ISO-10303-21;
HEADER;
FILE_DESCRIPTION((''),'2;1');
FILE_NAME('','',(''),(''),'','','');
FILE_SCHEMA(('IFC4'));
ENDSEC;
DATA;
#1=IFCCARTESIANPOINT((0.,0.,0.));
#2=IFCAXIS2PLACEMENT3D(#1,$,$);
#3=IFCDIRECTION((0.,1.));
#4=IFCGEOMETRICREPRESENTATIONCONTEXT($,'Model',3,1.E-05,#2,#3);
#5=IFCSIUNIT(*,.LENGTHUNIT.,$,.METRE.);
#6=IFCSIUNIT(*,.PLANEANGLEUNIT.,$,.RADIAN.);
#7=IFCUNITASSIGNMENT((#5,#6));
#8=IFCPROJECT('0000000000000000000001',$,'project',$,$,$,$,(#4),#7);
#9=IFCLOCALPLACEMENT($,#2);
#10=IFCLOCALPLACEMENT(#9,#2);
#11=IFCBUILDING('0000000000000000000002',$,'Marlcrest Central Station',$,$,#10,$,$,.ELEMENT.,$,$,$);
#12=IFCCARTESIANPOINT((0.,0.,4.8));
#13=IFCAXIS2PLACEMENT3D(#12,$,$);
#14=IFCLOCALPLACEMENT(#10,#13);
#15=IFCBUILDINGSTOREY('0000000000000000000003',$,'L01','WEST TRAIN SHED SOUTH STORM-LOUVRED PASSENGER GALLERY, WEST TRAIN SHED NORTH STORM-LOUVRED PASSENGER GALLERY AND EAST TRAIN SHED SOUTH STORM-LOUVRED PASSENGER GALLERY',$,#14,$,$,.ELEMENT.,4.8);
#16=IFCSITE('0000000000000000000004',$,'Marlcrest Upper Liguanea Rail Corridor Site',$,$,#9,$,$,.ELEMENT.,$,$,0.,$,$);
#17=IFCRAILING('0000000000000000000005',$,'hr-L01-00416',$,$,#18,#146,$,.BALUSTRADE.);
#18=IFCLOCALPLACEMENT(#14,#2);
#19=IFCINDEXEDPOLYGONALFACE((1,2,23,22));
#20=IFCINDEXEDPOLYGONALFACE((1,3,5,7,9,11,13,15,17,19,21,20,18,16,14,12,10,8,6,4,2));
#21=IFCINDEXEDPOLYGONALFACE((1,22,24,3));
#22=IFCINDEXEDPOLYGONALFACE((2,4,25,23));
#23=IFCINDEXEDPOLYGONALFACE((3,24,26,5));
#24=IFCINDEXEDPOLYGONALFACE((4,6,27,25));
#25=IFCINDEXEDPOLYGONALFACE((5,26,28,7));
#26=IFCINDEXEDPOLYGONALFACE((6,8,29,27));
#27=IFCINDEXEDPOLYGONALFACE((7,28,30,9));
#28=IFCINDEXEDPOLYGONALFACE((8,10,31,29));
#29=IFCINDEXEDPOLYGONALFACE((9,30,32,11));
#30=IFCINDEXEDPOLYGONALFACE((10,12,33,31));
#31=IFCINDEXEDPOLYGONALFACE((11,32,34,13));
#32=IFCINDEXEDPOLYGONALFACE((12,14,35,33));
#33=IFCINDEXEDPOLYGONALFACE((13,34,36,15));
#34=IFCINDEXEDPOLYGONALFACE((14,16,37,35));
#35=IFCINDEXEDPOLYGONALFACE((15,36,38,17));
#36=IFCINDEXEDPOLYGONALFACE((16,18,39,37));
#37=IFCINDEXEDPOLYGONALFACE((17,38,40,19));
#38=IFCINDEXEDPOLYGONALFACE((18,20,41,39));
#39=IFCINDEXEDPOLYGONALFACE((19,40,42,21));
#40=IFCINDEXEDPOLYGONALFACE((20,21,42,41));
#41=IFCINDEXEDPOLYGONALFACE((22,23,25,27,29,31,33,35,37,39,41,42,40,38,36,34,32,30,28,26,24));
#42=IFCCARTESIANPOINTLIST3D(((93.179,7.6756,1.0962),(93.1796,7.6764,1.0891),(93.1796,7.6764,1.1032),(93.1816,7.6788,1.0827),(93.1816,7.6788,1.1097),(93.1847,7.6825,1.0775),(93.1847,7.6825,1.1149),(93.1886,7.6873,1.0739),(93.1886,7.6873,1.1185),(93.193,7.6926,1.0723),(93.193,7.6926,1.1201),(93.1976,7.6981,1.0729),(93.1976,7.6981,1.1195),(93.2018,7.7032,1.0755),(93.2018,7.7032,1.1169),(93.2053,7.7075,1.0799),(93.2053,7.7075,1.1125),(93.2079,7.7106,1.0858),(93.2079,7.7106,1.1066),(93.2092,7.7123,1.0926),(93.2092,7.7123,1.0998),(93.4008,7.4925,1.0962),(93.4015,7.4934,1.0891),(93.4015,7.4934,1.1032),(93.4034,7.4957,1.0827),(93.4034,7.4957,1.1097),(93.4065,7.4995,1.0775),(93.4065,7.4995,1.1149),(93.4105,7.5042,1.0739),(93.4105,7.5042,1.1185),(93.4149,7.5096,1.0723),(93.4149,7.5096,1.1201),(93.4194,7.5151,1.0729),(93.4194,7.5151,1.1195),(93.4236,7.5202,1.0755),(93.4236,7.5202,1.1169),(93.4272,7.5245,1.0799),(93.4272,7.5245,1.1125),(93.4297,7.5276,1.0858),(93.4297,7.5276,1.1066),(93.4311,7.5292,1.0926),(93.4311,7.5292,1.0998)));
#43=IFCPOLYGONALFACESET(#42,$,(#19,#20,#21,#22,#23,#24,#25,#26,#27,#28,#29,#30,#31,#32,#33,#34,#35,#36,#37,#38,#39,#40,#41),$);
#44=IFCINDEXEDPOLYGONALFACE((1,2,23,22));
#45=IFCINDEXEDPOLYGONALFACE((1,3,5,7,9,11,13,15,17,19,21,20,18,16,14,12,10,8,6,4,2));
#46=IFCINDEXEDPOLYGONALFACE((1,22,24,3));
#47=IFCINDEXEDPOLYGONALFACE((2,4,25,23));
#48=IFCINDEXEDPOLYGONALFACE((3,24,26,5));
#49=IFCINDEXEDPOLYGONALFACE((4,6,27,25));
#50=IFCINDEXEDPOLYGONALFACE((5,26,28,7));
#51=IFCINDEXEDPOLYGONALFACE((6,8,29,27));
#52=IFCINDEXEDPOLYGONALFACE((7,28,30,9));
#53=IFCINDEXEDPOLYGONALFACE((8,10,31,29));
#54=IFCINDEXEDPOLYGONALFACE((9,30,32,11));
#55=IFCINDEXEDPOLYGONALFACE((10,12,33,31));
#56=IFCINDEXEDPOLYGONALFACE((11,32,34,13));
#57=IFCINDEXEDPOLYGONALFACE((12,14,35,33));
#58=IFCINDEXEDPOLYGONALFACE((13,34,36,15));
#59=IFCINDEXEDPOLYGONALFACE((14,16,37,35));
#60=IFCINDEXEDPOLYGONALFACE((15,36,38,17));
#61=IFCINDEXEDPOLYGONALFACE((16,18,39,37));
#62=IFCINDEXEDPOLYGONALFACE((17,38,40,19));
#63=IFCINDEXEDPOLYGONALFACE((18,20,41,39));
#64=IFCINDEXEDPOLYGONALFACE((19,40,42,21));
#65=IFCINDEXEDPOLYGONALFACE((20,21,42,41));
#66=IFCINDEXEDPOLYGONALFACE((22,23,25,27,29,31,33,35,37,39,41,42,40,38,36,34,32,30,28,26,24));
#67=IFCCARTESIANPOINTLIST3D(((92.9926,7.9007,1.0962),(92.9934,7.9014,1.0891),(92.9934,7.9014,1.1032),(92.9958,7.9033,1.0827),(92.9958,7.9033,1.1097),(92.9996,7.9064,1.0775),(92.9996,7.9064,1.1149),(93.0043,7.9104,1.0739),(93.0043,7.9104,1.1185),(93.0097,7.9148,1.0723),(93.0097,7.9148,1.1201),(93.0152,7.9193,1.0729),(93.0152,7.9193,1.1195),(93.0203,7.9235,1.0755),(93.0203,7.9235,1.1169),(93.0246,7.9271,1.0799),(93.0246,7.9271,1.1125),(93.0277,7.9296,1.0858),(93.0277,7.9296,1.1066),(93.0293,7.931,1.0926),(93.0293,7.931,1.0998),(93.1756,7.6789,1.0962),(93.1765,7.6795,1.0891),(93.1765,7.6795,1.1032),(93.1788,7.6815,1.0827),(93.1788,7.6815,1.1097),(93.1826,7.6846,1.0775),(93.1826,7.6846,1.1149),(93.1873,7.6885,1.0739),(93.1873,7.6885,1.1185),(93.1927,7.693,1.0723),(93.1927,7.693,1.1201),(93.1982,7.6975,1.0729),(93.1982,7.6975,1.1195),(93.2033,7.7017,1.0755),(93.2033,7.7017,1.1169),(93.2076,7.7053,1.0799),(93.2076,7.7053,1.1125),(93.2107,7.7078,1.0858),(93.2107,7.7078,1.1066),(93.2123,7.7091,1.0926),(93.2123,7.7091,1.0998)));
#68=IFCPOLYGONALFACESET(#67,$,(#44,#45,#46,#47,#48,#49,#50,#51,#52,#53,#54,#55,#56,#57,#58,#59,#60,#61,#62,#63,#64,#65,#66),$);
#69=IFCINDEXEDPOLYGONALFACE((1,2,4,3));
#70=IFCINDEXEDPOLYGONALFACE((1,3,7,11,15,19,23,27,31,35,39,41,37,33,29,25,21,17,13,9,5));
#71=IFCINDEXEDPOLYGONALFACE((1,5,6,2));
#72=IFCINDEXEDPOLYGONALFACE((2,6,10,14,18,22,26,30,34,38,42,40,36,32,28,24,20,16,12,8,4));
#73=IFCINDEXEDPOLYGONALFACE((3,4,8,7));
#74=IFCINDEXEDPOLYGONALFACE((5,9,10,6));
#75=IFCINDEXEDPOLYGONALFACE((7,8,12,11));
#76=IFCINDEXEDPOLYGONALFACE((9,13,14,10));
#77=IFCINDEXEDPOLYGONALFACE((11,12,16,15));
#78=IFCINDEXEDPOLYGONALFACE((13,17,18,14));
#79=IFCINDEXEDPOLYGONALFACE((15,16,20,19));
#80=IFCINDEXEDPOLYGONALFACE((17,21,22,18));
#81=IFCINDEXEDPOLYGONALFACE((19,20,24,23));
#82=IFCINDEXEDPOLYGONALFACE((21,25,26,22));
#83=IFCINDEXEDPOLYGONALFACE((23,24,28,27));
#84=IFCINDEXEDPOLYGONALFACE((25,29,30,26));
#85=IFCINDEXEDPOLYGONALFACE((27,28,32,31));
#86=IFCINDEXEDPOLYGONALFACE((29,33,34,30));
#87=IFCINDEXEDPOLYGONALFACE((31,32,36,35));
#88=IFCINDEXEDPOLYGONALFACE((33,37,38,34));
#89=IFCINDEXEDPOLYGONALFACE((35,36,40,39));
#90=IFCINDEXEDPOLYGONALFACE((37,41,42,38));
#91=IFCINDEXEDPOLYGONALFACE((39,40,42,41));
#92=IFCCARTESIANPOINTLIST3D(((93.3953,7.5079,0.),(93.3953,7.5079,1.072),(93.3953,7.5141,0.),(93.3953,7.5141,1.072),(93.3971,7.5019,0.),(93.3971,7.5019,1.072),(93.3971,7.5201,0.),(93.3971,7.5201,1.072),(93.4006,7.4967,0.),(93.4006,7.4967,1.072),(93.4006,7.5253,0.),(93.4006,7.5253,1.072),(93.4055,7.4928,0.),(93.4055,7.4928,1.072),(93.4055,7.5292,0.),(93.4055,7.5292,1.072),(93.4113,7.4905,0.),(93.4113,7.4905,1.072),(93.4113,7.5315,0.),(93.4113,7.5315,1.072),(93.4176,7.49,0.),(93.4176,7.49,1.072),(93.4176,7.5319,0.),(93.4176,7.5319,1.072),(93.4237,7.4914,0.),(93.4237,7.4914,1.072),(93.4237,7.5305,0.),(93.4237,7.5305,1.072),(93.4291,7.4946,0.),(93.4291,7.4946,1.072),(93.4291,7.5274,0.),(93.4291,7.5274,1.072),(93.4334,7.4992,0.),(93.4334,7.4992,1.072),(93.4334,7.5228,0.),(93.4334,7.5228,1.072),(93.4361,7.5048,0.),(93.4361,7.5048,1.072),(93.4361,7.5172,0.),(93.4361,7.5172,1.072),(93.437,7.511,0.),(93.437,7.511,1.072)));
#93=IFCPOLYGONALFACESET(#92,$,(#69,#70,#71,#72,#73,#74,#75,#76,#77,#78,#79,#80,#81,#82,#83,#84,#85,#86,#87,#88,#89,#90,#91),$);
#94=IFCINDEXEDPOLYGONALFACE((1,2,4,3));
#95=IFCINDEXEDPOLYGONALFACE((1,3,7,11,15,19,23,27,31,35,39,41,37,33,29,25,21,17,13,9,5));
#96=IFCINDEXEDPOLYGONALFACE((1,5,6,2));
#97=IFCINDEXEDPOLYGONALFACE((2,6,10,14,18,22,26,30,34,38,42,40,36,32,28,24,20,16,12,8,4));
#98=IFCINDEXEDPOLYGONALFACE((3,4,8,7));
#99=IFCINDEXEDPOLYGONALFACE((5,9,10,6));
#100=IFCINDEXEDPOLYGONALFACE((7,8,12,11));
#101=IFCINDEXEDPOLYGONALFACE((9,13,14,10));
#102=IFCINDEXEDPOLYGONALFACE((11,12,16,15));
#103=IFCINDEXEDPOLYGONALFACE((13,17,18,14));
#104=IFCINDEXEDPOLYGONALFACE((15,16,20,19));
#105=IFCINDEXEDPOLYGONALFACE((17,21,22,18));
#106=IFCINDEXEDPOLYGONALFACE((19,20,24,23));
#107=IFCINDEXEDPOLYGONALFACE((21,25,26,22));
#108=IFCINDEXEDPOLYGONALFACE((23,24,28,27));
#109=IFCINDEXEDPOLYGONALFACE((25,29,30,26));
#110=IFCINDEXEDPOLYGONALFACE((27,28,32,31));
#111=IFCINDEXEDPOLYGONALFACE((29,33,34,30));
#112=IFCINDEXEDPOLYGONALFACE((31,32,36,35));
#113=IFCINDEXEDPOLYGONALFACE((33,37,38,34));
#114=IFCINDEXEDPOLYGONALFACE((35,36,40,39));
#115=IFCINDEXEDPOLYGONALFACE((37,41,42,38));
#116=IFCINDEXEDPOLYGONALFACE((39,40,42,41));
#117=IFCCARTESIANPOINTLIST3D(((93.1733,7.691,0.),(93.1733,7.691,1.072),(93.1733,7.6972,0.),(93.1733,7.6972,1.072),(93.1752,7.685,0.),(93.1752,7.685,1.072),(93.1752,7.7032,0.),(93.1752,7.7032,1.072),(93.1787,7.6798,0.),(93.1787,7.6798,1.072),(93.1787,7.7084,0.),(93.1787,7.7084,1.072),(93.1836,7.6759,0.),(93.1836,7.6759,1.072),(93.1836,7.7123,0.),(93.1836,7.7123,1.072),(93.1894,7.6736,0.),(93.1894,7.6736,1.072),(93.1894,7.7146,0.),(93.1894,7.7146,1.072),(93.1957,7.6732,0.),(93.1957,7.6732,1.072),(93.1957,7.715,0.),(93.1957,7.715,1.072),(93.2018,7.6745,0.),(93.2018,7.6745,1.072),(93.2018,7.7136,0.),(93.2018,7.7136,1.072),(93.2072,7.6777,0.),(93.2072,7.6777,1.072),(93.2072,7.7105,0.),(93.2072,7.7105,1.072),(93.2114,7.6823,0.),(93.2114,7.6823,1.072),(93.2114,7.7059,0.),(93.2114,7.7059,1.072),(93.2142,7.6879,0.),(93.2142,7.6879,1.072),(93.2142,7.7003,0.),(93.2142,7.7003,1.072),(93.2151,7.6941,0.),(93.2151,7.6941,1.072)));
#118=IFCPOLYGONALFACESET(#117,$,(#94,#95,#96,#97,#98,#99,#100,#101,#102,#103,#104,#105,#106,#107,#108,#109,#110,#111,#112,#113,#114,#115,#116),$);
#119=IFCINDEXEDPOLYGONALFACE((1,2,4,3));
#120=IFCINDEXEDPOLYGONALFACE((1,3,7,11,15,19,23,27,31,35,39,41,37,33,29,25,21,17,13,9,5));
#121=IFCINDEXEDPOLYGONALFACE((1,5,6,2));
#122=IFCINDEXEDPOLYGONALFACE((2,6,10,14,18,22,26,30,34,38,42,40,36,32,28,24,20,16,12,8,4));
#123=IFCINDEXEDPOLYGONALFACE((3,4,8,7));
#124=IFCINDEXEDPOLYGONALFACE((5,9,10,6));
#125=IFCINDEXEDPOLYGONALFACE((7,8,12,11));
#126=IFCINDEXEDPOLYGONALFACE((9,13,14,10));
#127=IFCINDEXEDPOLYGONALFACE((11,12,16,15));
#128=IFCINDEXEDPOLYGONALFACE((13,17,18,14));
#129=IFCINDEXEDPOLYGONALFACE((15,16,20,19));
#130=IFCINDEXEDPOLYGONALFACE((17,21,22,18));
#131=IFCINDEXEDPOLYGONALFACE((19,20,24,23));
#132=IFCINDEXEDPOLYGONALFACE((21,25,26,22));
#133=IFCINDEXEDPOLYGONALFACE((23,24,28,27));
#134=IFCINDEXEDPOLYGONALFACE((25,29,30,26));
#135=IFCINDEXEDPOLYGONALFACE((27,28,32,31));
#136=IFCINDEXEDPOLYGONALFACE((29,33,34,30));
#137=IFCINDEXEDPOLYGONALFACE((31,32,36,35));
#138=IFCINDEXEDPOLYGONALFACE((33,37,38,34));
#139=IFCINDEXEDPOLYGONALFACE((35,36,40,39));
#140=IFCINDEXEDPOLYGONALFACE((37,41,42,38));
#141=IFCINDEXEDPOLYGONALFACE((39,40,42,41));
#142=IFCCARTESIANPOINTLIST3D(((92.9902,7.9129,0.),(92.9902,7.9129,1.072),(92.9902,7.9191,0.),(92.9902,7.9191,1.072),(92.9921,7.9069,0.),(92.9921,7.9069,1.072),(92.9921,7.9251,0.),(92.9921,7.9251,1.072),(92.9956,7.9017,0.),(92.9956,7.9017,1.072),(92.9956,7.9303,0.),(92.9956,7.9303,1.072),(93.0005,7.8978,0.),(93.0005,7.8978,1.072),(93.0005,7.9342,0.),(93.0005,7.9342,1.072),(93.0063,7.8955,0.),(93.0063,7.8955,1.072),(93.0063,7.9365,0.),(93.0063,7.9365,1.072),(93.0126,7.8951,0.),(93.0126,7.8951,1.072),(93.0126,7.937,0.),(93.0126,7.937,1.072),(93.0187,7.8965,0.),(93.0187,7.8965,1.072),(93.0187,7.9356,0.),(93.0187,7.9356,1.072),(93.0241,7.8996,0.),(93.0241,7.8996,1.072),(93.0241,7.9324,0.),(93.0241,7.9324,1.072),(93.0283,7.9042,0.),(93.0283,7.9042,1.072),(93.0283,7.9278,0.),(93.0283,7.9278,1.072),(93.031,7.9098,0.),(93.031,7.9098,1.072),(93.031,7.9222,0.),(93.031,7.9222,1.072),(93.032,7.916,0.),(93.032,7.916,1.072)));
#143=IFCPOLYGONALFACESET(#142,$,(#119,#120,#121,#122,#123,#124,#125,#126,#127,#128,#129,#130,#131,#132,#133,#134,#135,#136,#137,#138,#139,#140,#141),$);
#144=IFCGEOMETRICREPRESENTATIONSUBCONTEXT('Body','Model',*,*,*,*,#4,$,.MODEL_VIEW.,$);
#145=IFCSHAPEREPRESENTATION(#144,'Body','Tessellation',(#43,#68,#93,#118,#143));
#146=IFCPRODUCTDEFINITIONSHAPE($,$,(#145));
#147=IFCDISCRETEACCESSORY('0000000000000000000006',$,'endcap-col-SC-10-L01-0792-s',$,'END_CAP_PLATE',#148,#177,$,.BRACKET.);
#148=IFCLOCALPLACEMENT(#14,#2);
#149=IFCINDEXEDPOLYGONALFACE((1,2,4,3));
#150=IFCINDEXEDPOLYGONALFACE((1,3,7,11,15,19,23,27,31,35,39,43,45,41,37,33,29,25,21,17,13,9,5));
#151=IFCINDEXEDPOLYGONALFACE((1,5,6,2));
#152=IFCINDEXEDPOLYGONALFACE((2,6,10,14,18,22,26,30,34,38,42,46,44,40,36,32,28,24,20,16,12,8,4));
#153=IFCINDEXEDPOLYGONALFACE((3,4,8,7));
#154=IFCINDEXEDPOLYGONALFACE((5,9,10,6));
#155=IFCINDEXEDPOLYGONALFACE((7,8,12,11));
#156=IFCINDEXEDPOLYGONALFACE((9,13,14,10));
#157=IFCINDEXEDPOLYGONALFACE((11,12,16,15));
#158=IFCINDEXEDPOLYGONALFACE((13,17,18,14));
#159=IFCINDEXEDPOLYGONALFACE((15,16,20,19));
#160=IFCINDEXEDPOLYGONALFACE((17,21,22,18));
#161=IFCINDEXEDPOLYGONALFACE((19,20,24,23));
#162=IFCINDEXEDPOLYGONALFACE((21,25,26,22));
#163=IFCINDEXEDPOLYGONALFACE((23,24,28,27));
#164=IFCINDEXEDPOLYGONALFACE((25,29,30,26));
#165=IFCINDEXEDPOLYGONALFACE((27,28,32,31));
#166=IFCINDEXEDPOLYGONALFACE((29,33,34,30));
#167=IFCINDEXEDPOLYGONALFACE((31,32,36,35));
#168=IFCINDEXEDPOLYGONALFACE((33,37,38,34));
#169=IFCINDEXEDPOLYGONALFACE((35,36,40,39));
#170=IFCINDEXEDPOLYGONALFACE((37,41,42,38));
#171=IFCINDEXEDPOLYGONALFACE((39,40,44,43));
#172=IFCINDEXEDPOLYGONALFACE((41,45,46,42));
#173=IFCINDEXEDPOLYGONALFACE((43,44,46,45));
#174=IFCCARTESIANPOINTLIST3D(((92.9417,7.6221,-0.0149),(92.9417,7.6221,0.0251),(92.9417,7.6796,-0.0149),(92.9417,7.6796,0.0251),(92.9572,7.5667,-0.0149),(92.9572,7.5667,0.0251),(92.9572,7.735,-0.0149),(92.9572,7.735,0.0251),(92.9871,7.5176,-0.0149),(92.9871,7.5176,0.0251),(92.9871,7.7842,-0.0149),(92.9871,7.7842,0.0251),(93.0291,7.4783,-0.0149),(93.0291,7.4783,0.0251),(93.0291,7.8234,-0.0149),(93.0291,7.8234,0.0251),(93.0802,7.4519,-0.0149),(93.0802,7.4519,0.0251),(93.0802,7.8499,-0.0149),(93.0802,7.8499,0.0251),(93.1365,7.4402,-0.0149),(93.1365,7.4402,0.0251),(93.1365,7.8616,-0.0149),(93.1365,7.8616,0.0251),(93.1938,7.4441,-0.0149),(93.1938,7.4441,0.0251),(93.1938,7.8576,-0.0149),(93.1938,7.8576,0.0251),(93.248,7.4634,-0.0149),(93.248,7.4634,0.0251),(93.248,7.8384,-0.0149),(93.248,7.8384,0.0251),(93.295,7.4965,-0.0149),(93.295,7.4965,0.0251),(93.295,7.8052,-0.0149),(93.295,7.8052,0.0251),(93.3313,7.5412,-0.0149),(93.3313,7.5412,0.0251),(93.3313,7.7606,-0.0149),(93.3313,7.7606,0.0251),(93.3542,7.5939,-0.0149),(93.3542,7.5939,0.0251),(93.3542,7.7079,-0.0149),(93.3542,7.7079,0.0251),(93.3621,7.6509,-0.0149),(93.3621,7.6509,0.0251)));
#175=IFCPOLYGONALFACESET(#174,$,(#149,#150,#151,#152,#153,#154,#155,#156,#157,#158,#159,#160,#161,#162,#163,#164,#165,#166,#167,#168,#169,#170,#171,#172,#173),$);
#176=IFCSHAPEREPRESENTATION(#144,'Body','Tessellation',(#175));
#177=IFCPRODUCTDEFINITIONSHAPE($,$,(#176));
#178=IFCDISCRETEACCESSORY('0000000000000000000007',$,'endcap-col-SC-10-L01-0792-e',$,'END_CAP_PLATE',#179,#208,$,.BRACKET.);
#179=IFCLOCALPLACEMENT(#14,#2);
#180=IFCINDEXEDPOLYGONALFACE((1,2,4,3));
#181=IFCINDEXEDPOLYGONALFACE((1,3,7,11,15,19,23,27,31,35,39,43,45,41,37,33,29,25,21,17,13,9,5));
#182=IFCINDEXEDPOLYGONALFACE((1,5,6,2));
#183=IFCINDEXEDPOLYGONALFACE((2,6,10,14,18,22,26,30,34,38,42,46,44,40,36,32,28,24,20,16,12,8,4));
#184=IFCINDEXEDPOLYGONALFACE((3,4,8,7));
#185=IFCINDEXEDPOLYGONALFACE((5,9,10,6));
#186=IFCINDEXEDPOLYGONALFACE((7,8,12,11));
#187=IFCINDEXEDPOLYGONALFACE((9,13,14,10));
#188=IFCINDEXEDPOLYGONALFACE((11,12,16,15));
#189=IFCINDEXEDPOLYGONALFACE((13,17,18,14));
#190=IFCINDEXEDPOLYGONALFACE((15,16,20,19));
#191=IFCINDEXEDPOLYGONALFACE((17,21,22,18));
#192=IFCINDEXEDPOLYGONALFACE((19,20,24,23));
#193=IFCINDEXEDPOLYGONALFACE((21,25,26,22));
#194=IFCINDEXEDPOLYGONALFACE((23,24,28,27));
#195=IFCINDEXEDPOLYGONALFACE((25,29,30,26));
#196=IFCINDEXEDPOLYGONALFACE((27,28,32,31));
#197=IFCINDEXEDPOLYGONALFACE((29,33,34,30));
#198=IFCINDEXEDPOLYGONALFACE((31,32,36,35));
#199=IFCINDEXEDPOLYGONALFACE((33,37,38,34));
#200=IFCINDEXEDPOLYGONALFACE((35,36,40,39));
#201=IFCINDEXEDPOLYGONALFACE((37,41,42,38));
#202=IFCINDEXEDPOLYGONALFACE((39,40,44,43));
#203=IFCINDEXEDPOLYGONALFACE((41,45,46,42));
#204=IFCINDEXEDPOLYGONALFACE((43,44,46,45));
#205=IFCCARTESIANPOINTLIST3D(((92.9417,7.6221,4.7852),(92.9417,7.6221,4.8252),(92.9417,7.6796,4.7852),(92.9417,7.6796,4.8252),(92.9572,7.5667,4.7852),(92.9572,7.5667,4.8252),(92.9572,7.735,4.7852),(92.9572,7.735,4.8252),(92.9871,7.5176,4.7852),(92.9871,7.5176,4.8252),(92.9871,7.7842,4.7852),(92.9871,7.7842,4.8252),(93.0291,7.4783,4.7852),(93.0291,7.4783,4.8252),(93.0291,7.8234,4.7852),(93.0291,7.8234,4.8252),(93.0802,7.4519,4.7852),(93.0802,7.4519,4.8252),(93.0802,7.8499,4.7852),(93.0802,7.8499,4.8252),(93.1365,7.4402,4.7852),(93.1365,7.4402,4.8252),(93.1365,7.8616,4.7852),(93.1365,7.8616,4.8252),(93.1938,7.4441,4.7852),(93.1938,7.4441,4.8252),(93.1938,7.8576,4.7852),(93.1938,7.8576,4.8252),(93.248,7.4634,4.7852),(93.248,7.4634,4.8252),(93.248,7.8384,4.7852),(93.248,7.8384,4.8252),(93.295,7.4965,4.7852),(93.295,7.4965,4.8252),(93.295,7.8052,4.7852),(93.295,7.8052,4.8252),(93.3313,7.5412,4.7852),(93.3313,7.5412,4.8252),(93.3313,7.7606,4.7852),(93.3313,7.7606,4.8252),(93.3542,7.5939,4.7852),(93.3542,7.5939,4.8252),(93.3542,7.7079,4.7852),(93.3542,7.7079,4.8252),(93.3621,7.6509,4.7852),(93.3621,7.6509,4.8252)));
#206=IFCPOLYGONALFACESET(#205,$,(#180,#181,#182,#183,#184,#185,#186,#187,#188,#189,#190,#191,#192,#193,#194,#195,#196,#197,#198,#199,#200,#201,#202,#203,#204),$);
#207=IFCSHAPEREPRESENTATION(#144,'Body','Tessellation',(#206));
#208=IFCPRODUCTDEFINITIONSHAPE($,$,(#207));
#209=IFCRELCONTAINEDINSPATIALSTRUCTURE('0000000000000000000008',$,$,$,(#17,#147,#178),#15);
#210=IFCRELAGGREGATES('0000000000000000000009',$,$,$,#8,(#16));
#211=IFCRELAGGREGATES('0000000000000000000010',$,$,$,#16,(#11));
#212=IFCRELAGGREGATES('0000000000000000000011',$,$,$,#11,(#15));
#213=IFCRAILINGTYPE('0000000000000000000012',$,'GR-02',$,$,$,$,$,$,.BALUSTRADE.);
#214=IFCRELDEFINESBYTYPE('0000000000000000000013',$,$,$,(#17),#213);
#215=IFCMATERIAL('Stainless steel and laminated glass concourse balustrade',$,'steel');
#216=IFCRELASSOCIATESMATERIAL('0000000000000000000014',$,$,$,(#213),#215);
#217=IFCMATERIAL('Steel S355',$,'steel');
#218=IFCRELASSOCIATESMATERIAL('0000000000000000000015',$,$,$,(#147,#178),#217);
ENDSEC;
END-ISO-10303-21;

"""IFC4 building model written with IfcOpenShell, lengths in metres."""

from ifc_helpers import new_model, si_unit, direction, frame, origin, origin_2d, place, context, subcontext, project, spatial, circle, extrude, material, type_object, element, save


model = new_model("IFC4")

# Units and contexts
model_context = context("Model", 3, precision=1e-05, world=origin(), true_north=direction((0.0, 1.0)))
body_context = subcontext(model_context, "Body", "Model", "MODEL_VIEW")
ifc_project = project(units=[si_unit("LENGTHUNIT", "METRE"), si_unit("PLANEANGLEUNIT", "RADIAN")], contexts=[model_context])

# Site, building, storey
site_placement = place(None, origin())
site = spatial("IfcSite", under=ifc_project, at=site_placement, Name="Marlcrest Upper Liguanea Rail Corridor Site", CompositionType="ELEMENT", RefElevation=0.0)
building_placement = place(site_placement, origin())
building = spatial("IfcBuilding", under=site, at=building_placement, Name="Marlcrest Central Station", CompositionType="ELEMENT")
storey_placement = place(building_placement, frame((0.0, 0.0, 4.8)))
storey = spatial("IfcBuildingStorey", under=building, at=storey_placement, Name="L01", Description="WEST TRAIN SHED SOUTH STORM-LOUVRED PASSENGER GALLERY, WEST TRAIN SHED NORTH STORM-LOUVRED PASSENGER GALLERY AND EAST TRAIN SHED SOUTH STORM-LOUVRED PASSENGER GALLERY", CompositionType="ELEMENT", Elevation=4.8)

# Railing
ifc_material_1 = material(Name="Stainless steel and laminated glass concourse balustrade", Category="steel")
railing_type = type_object("IfcRailingType", Name="GR-02", PredefinedType="BALUSTRADE", material=ifc_material_1)
railing_1_placement = place(storey_placement, frame((93.416, 7.511, 0.0)))
element("IfcRailing", 1, at=railing_1_placement, inside=storey, type_object=railing_type, Name="hr-L01-00416", PredefinedType="BALUSTRADE", context=body_context, shape_type="SweptSolid", body=[
    extrude(circle(Radius=0.0239, at=origin_2d()), frame((0.0, 0.0, 1.0962), z_axis=(-0.771342, 0.636421, 0.0), x_axis=(-0.636421, -0.771342, 0.0)), (0.0, 0.0, 1.0), 0.2876),
    extrude(circle(Radius=0.0239, at=origin_2d()), frame((-0.2219, 0.1831, 1.0962), z_axis=(-0.636421, 0.771342, 0.0), x_axis=(-0.771342, -0.636421, 0.0)), (0.0, 0.0, 1.0), 0.2876),
    extrude(circle(Radius=0.021, at=origin_2d()), origin(), (0.0, 0.0, 1.0), 1.072),
    extrude(circle(Radius=0.021, at=origin_2d()), frame((-0.2219, 0.1831, 0.0)), (0.0, 0.0, 1.0), 1.072),
    extrude(circle(Radius=0.021, at=origin_2d()), frame((-0.405, 0.405, 0.0)), (0.0, 0.0, 1.0), 1.072),
])

# Discrete accessories
ifc_material_2 = material(Name="Steel S355", Category="steel")
for number, where, z_axis, x_axis, name in (
    (2, (93.1509, 7.6509, -0.0149), (0.0, 0.0, 1.0), (1.0, 0.0, 0.0), "endcap-col-SC-10-L01-0792-s"),
    (3, (93.1509, 7.6509, 4.7852), (0.0, 0.0, 1.0), (1.0, 0.0, 0.0), "endcap-col-SC-10-L01-0792-e"),
):
    element("IfcDiscreteAccessory", number, at=place(storey_placement, frame(where, z_axis=z_axis, x_axis=x_axis)), inside=storey, material=ifc_material_2, Name=name, ObjectType="END_CAP_PLATE", PredefinedType="BRACKET", context=body_context, shape_type="SweptSolid", body=[
        extrude(circle(Radius=0.2112, at=origin_2d()), origin(), (0.0, 0.0, 1.0), 0.04),
    ])

save(model, "model.ifc")
